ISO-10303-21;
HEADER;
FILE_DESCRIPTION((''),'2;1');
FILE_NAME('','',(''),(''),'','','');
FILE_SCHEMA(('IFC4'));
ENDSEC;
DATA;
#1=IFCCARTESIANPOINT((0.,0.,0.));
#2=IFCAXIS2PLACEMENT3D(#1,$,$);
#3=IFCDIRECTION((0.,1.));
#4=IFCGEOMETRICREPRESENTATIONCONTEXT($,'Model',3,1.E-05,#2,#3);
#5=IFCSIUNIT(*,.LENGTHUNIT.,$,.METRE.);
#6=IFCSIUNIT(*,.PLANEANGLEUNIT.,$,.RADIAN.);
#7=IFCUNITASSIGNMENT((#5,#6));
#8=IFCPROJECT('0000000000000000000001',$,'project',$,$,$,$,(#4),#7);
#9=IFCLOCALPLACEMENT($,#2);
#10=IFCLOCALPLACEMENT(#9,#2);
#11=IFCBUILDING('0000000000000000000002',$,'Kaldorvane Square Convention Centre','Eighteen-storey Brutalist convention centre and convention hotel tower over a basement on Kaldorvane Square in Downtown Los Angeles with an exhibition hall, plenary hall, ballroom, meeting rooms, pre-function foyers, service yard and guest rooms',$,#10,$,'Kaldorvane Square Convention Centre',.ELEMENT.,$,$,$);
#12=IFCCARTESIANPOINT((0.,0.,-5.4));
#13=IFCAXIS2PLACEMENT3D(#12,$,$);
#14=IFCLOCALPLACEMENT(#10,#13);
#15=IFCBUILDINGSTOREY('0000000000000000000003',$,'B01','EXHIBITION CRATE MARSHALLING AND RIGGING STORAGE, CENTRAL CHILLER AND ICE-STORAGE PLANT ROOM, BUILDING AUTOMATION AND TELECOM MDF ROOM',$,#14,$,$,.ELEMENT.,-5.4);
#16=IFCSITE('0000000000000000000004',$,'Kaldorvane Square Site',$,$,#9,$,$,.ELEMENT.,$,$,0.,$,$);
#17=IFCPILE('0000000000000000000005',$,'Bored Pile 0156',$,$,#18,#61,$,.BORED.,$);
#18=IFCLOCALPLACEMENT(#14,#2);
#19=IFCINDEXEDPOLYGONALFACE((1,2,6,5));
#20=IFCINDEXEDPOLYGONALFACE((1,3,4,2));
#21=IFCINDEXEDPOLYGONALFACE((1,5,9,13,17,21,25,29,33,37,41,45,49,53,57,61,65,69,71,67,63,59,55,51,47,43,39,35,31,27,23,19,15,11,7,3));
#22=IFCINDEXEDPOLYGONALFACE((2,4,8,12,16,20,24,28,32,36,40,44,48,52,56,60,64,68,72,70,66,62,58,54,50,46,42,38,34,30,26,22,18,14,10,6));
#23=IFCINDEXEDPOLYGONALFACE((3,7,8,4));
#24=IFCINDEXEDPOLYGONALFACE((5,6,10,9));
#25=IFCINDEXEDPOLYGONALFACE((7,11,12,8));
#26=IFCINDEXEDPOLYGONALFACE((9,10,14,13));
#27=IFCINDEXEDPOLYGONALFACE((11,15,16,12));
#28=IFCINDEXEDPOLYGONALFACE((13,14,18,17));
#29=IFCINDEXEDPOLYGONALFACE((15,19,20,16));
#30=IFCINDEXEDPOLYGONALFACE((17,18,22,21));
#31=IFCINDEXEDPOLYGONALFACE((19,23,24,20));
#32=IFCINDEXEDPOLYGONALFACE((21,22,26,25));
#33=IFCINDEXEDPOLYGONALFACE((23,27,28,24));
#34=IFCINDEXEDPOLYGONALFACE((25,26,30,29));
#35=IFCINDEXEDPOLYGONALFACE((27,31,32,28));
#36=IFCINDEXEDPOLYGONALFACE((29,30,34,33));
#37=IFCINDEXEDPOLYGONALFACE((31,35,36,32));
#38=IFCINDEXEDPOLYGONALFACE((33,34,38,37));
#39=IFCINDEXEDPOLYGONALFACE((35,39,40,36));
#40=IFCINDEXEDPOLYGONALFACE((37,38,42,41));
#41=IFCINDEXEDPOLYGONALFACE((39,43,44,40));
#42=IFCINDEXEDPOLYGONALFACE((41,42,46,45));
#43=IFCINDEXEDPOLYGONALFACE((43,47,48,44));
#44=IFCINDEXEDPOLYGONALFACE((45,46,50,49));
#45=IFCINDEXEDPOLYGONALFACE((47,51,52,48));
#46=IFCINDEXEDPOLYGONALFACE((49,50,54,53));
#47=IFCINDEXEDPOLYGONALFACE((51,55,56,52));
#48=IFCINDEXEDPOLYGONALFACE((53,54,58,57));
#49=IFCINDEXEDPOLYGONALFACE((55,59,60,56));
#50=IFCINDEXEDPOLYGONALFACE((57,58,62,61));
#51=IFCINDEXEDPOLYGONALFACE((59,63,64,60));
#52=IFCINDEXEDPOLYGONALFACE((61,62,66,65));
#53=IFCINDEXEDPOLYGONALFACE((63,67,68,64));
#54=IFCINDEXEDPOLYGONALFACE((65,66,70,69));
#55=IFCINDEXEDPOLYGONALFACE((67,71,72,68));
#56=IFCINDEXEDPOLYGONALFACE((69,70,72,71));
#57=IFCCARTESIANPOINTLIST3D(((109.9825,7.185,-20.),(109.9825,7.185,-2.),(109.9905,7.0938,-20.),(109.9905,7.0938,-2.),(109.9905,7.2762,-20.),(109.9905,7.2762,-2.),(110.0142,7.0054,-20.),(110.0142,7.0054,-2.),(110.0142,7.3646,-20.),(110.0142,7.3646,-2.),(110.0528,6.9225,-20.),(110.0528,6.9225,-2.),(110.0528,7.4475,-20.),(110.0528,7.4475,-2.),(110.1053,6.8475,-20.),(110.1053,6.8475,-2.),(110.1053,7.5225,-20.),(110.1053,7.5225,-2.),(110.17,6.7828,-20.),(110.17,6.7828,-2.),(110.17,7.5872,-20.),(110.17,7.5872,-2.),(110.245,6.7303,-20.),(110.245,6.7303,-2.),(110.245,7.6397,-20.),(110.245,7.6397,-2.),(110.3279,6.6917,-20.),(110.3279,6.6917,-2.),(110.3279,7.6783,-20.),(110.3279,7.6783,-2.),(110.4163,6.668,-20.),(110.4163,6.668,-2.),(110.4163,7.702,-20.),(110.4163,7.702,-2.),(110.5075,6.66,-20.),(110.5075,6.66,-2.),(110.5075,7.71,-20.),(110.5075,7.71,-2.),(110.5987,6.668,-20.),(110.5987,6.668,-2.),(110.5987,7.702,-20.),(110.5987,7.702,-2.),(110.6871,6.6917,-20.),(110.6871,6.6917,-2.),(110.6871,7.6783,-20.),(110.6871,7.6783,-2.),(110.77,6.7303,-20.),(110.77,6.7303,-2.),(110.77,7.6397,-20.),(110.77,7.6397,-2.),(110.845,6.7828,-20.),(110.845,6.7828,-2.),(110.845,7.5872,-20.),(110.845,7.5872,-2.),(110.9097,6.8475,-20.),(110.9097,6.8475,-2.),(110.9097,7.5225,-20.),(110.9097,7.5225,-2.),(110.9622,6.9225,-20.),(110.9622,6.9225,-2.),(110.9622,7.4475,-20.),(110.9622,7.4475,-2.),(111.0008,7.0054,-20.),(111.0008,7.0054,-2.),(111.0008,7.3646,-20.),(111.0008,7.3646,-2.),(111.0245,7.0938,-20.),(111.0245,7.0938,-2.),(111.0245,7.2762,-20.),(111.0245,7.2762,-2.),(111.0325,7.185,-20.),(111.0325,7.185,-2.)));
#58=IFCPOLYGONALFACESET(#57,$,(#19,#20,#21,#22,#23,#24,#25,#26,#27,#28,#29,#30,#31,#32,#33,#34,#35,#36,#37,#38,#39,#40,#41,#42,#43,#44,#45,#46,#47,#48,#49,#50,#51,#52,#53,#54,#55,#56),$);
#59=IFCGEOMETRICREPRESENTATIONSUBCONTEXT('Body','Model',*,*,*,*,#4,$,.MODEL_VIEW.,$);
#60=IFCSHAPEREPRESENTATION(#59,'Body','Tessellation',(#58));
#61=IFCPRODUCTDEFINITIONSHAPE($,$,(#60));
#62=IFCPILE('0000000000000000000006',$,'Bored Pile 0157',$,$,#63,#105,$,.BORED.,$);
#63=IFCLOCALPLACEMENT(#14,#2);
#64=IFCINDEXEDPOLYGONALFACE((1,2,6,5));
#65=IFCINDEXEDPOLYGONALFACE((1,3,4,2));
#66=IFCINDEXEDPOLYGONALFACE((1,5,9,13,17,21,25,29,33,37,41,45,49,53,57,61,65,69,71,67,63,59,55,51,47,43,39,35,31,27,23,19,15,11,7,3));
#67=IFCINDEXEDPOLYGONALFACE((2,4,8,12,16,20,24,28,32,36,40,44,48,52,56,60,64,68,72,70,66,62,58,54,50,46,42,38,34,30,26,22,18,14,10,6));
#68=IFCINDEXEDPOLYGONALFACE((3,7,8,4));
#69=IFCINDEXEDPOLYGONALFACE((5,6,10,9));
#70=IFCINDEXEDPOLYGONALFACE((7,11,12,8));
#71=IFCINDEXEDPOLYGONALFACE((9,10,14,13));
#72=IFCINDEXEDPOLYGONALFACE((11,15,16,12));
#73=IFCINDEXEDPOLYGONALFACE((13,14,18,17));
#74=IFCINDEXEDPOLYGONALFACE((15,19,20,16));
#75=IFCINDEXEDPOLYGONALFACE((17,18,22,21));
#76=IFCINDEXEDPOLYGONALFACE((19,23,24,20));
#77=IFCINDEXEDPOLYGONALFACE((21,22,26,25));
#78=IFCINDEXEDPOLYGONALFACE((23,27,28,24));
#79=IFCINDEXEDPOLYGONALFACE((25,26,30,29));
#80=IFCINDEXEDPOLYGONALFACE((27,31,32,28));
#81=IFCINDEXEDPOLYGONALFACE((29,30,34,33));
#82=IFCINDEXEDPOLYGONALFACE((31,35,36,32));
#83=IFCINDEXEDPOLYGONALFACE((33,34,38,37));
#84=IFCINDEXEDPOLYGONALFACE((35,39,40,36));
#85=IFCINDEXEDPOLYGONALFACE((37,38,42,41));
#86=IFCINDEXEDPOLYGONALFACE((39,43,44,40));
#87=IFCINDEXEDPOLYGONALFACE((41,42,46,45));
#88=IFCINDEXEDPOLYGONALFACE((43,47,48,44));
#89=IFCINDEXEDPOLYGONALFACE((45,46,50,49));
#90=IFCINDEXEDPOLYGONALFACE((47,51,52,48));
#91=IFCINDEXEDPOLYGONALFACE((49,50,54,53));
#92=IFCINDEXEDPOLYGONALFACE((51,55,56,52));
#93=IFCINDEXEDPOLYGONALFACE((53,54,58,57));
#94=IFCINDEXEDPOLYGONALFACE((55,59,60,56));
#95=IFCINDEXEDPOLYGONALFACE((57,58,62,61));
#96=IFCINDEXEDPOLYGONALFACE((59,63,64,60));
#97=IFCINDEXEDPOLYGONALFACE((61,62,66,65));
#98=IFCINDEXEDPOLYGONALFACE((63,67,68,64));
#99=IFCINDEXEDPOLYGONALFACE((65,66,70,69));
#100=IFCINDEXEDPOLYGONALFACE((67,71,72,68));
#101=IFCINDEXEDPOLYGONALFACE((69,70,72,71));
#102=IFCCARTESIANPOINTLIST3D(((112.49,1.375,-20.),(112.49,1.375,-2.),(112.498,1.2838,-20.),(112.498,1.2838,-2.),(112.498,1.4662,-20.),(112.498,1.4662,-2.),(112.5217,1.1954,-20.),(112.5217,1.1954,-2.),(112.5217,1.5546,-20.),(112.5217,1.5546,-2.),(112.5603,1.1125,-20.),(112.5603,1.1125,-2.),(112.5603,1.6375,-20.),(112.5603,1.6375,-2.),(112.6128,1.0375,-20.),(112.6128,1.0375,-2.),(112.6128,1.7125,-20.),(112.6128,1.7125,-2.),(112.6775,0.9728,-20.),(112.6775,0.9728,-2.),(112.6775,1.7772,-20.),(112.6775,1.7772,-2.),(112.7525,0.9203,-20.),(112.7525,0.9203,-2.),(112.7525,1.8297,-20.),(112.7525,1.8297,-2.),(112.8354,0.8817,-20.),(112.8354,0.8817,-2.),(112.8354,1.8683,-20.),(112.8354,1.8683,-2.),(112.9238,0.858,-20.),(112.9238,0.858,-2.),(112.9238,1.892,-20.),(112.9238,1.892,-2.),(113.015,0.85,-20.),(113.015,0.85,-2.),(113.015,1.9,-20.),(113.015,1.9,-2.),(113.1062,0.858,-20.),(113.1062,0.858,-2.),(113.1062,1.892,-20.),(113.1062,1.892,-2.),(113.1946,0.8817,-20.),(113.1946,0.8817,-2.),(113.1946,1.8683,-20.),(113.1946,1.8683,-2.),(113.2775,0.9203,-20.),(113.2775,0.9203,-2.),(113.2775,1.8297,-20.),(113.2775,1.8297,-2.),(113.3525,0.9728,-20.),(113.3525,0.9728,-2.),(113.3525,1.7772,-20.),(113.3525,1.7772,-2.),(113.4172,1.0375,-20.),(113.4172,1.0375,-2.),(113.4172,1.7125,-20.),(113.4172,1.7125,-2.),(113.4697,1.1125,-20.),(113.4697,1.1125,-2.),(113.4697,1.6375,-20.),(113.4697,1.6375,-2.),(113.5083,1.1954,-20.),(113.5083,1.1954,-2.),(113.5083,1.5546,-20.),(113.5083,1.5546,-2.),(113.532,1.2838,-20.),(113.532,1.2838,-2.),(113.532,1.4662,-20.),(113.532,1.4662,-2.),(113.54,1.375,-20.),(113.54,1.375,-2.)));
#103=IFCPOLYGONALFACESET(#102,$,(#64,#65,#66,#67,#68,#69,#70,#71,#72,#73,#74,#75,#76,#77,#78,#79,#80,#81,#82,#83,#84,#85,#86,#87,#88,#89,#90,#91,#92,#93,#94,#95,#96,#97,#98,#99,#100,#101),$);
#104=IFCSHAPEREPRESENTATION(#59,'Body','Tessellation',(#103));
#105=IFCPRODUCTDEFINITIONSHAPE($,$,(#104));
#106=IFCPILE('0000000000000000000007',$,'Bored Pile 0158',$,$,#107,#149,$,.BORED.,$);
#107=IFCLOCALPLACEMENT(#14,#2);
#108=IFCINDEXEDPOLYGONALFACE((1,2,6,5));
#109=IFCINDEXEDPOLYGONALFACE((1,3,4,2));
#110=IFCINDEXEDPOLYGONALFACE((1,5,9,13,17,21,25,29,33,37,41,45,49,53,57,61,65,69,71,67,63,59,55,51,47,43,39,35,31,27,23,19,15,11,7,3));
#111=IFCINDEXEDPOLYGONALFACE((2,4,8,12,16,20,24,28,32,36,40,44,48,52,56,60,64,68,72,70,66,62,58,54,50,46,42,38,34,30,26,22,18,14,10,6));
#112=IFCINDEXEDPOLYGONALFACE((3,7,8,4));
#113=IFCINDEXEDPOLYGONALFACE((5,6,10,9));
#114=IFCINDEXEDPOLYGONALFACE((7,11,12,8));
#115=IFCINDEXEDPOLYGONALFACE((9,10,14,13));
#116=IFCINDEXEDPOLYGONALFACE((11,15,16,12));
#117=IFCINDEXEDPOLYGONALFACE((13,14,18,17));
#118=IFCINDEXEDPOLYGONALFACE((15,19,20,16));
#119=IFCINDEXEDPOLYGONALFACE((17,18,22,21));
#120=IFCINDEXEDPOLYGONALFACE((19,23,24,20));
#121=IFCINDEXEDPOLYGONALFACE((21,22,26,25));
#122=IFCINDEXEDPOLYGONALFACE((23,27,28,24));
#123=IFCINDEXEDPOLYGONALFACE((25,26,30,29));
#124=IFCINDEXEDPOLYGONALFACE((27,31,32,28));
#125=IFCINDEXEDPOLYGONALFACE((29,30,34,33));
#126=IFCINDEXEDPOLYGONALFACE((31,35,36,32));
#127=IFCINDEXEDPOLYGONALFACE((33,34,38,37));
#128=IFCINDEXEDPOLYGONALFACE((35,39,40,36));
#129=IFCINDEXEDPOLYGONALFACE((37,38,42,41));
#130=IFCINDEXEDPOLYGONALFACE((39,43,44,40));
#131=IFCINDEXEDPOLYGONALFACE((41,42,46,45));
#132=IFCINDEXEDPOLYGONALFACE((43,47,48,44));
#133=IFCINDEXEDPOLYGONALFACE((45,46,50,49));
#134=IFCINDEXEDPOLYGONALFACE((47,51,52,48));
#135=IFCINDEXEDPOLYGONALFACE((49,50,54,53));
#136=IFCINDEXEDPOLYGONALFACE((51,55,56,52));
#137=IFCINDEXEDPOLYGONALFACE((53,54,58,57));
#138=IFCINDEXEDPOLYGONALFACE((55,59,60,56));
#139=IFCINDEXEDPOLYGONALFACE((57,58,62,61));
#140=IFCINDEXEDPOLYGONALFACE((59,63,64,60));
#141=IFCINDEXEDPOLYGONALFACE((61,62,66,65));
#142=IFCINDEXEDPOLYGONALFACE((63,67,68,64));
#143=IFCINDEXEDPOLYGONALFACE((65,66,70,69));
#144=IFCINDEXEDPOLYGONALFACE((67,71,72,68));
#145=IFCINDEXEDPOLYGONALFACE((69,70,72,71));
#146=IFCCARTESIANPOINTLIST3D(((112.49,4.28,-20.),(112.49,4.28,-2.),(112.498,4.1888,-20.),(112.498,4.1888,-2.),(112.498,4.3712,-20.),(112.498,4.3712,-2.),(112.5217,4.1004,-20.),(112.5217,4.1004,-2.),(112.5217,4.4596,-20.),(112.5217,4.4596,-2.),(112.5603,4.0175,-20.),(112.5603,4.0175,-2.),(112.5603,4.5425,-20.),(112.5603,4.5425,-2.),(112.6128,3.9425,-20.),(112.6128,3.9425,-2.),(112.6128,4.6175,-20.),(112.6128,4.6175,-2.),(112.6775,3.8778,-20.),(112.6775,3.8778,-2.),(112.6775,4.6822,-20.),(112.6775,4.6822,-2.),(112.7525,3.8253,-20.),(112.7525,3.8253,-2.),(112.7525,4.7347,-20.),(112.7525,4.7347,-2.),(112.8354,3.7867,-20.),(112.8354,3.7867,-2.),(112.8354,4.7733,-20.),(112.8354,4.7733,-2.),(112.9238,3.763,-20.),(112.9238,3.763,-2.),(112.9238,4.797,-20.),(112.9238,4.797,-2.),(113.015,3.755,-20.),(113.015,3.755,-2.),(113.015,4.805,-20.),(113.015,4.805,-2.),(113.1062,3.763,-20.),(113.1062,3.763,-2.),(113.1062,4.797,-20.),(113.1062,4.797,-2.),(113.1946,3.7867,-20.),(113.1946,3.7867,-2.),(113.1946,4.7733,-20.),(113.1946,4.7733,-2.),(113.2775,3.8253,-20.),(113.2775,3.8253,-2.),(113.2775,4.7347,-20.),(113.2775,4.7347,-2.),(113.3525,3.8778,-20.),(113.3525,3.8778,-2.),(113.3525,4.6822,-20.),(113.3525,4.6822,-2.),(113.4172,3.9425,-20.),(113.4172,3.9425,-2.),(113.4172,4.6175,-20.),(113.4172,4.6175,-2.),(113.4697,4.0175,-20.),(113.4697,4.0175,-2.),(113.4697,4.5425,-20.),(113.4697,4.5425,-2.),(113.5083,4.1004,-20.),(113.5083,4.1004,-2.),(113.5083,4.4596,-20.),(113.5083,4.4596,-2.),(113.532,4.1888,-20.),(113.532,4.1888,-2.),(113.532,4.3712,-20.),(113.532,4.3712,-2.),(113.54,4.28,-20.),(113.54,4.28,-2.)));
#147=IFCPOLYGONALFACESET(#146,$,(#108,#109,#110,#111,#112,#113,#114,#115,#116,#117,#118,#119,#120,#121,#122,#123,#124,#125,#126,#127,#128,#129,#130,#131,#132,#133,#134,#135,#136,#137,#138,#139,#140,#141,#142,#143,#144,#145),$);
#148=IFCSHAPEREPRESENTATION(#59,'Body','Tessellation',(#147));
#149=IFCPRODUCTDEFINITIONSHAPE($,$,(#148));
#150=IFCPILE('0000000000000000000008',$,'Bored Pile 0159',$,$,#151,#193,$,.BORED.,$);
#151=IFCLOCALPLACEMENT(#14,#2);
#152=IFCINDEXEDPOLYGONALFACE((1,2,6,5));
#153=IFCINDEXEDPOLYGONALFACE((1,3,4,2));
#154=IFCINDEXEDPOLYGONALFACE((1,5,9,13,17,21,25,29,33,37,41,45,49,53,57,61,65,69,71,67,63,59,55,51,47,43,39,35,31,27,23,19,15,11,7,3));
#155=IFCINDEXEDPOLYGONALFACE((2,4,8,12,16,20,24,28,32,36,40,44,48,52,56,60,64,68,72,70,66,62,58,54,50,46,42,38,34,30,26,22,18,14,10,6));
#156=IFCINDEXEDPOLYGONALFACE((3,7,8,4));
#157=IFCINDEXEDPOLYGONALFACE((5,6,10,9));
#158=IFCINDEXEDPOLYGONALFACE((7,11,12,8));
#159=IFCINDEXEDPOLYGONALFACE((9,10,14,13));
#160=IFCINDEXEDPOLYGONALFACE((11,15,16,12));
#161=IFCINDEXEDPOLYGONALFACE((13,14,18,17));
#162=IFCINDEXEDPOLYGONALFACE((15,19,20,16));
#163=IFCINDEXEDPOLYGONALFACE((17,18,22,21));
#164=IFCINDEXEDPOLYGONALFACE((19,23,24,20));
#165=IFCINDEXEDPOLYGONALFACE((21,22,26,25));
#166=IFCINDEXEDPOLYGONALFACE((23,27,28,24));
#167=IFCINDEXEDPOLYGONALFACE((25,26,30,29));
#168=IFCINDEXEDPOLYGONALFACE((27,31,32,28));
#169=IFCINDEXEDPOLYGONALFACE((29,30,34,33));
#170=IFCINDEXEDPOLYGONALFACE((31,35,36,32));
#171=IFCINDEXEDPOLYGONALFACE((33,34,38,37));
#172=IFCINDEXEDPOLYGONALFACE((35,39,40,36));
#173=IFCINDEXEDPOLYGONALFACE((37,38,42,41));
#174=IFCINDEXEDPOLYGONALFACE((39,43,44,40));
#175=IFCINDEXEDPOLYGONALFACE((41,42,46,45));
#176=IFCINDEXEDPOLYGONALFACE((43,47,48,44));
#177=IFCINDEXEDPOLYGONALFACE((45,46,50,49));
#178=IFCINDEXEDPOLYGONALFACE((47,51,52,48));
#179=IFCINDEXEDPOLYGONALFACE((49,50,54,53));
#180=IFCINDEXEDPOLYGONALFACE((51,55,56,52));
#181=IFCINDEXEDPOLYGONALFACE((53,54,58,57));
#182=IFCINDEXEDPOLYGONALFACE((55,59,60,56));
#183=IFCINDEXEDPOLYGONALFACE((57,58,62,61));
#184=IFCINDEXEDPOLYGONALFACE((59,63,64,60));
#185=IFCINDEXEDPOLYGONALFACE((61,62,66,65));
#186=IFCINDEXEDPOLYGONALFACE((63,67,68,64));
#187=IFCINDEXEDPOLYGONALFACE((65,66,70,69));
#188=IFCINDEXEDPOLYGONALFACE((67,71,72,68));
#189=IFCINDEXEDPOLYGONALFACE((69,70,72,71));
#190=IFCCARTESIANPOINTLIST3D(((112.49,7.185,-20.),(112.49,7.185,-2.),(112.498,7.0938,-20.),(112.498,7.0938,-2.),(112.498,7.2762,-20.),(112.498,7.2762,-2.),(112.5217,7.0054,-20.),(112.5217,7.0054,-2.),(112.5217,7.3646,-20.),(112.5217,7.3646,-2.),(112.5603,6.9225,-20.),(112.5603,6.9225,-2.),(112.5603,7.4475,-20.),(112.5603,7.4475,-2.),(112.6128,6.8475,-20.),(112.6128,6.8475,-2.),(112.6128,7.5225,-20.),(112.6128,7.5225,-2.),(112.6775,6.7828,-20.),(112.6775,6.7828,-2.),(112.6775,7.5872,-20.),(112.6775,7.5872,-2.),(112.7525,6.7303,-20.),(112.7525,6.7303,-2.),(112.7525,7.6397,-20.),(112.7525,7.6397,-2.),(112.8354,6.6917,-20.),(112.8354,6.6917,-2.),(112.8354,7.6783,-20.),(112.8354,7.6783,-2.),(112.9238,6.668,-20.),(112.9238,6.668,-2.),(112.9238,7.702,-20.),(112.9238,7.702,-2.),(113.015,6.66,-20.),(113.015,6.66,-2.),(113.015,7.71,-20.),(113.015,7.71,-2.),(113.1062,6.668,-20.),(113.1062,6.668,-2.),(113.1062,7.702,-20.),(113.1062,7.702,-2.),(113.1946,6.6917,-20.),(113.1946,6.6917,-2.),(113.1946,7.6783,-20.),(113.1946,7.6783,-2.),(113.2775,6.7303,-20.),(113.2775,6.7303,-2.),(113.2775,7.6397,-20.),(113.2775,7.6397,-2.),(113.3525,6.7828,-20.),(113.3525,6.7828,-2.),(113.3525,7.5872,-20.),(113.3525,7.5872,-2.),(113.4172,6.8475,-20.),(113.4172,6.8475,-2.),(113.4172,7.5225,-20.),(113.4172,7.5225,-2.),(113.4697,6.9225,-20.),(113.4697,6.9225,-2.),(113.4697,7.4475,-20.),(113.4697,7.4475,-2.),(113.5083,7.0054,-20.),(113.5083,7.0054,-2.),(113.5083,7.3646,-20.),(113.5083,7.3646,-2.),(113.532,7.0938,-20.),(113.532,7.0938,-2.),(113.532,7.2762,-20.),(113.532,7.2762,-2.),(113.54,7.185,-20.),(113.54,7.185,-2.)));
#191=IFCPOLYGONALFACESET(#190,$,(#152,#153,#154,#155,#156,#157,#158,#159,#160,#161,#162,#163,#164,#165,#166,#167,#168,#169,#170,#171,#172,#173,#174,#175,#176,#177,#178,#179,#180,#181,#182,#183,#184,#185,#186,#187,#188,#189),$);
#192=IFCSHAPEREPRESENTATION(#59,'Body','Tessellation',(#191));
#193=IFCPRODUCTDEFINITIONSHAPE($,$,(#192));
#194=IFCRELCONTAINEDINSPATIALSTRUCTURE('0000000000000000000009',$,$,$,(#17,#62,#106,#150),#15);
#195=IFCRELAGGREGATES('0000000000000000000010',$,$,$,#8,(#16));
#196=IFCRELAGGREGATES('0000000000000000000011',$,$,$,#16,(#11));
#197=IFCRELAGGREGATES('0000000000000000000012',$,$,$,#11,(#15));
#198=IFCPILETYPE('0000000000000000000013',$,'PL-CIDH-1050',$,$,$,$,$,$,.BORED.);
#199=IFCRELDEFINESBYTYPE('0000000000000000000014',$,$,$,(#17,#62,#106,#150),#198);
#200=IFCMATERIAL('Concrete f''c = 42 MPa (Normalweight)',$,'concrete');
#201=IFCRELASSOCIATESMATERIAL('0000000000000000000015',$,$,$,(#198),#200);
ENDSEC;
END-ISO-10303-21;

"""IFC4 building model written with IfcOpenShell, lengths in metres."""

from ifc_helpers import new_model, si_unit, direction, frame, origin, origin_2d, place, context, subcontext, project, spatial, circle, extrude, material, material_profile, profile_set, type_object, element, save


model = new_model("IFC4")

# Units and contexts
model_context = context("Model", 3, precision=1e-05, world=origin(), true_north=direction((0.0, 1.0)))
body_context = subcontext(model_context, "Body", "Model", "MODEL_VIEW")
ifc_project = project(units=[si_unit("LENGTHUNIT", "METRE"), si_unit("PLANEANGLEUNIT", "RADIAN")], contexts=[model_context])

# Site, building, storey
site_placement = place(None, origin())
site = spatial("IfcSite", under=ifc_project, at=site_placement, Name="Kaldorvane Square Site", CompositionType="ELEMENT", RefElevation=0.0)
building_placement = place(site_placement, origin())
building = spatial("IfcBuilding", under=site, at=building_placement, Name="Kaldorvane Square Convention Centre", Description="Eighteen-storey Brutalist convention centre and convention hotel tower over a basement on Kaldorvane Square in Downtown Los Angeles with an exhibition hall, plenary hall, ballroom, meeting rooms, pre-function foyers, service yard and guest rooms", LongName="Kaldorvane Square Convention Centre", CompositionType="ELEMENT")
storey_placement = place(building_placement, frame((0.0, 0.0, -5.4)))
storey = spatial("IfcBuildingStorey", under=building, at=storey_placement, Name="B01", Description="EXHIBITION CRATE MARSHALLING AND RIGGING STORAGE, CENTRAL CHILLER AND ICE-STORAGE PLANT ROOM, BUILDING AUTOMATION AND TELECOM MDF ROOM", CompositionType="ELEMENT", Elevation=-5.4)

# Shared definitions
ifc_material_1 = material(Name="Concrete f'c = 42 MPa (Normalweight)", Category="concrete")

# Piles
ifc_material_profile_1 = material_profile(ifc_material_1, circle(Radius=0.525, at=origin_2d()), Name="PILE-D1050")
ifc_profile_set_1 = profile_set([ifc_material_profile_1], Name="Concrete f'c = 42 MPa (Normalweight)")
pile_type = type_object("IfcPileType", Name="PL-CIDH-1050", PredefinedType="BORED", material=ifc_profile_set_1)
for number, where, z_axis, x_axis, name in (
    (1, (110.5075, 7.185, -2.0), (0.0, 0.0, -1.0), (1.0, 0.0, 0.0), "Bored Pile 0156"),
    (2, (113.015, 1.375, -2.0), (0.0, 0.0, -1.0), (1.0, 0.0, 0.0), "Bored Pile 0157"),
    (3, (113.015, 4.28, -2.0), (0.0, 0.0, -1.0), (1.0, 0.0, 0.0), "Bored Pile 0158"),
    (4, (113.015, 7.185, -2.0), (0.0, 0.0, -1.0), (1.0, 0.0, 0.0), "Bored Pile 0159"),
):
    element("IfcPile", number, at=place(storey_placement, frame(where, z_axis=z_axis, x_axis=x_axis)), inside=storey, type_object=pile_type, Name=name, PredefinedType="BORED", context=body_context, shape_type="SweptSolid", body=[
        extrude(circle(Radius=0.525, at=origin_2d()), origin(), (0.0, 0.0, 1.0), 18.0),
    ])

save(model, "model.ifc")
